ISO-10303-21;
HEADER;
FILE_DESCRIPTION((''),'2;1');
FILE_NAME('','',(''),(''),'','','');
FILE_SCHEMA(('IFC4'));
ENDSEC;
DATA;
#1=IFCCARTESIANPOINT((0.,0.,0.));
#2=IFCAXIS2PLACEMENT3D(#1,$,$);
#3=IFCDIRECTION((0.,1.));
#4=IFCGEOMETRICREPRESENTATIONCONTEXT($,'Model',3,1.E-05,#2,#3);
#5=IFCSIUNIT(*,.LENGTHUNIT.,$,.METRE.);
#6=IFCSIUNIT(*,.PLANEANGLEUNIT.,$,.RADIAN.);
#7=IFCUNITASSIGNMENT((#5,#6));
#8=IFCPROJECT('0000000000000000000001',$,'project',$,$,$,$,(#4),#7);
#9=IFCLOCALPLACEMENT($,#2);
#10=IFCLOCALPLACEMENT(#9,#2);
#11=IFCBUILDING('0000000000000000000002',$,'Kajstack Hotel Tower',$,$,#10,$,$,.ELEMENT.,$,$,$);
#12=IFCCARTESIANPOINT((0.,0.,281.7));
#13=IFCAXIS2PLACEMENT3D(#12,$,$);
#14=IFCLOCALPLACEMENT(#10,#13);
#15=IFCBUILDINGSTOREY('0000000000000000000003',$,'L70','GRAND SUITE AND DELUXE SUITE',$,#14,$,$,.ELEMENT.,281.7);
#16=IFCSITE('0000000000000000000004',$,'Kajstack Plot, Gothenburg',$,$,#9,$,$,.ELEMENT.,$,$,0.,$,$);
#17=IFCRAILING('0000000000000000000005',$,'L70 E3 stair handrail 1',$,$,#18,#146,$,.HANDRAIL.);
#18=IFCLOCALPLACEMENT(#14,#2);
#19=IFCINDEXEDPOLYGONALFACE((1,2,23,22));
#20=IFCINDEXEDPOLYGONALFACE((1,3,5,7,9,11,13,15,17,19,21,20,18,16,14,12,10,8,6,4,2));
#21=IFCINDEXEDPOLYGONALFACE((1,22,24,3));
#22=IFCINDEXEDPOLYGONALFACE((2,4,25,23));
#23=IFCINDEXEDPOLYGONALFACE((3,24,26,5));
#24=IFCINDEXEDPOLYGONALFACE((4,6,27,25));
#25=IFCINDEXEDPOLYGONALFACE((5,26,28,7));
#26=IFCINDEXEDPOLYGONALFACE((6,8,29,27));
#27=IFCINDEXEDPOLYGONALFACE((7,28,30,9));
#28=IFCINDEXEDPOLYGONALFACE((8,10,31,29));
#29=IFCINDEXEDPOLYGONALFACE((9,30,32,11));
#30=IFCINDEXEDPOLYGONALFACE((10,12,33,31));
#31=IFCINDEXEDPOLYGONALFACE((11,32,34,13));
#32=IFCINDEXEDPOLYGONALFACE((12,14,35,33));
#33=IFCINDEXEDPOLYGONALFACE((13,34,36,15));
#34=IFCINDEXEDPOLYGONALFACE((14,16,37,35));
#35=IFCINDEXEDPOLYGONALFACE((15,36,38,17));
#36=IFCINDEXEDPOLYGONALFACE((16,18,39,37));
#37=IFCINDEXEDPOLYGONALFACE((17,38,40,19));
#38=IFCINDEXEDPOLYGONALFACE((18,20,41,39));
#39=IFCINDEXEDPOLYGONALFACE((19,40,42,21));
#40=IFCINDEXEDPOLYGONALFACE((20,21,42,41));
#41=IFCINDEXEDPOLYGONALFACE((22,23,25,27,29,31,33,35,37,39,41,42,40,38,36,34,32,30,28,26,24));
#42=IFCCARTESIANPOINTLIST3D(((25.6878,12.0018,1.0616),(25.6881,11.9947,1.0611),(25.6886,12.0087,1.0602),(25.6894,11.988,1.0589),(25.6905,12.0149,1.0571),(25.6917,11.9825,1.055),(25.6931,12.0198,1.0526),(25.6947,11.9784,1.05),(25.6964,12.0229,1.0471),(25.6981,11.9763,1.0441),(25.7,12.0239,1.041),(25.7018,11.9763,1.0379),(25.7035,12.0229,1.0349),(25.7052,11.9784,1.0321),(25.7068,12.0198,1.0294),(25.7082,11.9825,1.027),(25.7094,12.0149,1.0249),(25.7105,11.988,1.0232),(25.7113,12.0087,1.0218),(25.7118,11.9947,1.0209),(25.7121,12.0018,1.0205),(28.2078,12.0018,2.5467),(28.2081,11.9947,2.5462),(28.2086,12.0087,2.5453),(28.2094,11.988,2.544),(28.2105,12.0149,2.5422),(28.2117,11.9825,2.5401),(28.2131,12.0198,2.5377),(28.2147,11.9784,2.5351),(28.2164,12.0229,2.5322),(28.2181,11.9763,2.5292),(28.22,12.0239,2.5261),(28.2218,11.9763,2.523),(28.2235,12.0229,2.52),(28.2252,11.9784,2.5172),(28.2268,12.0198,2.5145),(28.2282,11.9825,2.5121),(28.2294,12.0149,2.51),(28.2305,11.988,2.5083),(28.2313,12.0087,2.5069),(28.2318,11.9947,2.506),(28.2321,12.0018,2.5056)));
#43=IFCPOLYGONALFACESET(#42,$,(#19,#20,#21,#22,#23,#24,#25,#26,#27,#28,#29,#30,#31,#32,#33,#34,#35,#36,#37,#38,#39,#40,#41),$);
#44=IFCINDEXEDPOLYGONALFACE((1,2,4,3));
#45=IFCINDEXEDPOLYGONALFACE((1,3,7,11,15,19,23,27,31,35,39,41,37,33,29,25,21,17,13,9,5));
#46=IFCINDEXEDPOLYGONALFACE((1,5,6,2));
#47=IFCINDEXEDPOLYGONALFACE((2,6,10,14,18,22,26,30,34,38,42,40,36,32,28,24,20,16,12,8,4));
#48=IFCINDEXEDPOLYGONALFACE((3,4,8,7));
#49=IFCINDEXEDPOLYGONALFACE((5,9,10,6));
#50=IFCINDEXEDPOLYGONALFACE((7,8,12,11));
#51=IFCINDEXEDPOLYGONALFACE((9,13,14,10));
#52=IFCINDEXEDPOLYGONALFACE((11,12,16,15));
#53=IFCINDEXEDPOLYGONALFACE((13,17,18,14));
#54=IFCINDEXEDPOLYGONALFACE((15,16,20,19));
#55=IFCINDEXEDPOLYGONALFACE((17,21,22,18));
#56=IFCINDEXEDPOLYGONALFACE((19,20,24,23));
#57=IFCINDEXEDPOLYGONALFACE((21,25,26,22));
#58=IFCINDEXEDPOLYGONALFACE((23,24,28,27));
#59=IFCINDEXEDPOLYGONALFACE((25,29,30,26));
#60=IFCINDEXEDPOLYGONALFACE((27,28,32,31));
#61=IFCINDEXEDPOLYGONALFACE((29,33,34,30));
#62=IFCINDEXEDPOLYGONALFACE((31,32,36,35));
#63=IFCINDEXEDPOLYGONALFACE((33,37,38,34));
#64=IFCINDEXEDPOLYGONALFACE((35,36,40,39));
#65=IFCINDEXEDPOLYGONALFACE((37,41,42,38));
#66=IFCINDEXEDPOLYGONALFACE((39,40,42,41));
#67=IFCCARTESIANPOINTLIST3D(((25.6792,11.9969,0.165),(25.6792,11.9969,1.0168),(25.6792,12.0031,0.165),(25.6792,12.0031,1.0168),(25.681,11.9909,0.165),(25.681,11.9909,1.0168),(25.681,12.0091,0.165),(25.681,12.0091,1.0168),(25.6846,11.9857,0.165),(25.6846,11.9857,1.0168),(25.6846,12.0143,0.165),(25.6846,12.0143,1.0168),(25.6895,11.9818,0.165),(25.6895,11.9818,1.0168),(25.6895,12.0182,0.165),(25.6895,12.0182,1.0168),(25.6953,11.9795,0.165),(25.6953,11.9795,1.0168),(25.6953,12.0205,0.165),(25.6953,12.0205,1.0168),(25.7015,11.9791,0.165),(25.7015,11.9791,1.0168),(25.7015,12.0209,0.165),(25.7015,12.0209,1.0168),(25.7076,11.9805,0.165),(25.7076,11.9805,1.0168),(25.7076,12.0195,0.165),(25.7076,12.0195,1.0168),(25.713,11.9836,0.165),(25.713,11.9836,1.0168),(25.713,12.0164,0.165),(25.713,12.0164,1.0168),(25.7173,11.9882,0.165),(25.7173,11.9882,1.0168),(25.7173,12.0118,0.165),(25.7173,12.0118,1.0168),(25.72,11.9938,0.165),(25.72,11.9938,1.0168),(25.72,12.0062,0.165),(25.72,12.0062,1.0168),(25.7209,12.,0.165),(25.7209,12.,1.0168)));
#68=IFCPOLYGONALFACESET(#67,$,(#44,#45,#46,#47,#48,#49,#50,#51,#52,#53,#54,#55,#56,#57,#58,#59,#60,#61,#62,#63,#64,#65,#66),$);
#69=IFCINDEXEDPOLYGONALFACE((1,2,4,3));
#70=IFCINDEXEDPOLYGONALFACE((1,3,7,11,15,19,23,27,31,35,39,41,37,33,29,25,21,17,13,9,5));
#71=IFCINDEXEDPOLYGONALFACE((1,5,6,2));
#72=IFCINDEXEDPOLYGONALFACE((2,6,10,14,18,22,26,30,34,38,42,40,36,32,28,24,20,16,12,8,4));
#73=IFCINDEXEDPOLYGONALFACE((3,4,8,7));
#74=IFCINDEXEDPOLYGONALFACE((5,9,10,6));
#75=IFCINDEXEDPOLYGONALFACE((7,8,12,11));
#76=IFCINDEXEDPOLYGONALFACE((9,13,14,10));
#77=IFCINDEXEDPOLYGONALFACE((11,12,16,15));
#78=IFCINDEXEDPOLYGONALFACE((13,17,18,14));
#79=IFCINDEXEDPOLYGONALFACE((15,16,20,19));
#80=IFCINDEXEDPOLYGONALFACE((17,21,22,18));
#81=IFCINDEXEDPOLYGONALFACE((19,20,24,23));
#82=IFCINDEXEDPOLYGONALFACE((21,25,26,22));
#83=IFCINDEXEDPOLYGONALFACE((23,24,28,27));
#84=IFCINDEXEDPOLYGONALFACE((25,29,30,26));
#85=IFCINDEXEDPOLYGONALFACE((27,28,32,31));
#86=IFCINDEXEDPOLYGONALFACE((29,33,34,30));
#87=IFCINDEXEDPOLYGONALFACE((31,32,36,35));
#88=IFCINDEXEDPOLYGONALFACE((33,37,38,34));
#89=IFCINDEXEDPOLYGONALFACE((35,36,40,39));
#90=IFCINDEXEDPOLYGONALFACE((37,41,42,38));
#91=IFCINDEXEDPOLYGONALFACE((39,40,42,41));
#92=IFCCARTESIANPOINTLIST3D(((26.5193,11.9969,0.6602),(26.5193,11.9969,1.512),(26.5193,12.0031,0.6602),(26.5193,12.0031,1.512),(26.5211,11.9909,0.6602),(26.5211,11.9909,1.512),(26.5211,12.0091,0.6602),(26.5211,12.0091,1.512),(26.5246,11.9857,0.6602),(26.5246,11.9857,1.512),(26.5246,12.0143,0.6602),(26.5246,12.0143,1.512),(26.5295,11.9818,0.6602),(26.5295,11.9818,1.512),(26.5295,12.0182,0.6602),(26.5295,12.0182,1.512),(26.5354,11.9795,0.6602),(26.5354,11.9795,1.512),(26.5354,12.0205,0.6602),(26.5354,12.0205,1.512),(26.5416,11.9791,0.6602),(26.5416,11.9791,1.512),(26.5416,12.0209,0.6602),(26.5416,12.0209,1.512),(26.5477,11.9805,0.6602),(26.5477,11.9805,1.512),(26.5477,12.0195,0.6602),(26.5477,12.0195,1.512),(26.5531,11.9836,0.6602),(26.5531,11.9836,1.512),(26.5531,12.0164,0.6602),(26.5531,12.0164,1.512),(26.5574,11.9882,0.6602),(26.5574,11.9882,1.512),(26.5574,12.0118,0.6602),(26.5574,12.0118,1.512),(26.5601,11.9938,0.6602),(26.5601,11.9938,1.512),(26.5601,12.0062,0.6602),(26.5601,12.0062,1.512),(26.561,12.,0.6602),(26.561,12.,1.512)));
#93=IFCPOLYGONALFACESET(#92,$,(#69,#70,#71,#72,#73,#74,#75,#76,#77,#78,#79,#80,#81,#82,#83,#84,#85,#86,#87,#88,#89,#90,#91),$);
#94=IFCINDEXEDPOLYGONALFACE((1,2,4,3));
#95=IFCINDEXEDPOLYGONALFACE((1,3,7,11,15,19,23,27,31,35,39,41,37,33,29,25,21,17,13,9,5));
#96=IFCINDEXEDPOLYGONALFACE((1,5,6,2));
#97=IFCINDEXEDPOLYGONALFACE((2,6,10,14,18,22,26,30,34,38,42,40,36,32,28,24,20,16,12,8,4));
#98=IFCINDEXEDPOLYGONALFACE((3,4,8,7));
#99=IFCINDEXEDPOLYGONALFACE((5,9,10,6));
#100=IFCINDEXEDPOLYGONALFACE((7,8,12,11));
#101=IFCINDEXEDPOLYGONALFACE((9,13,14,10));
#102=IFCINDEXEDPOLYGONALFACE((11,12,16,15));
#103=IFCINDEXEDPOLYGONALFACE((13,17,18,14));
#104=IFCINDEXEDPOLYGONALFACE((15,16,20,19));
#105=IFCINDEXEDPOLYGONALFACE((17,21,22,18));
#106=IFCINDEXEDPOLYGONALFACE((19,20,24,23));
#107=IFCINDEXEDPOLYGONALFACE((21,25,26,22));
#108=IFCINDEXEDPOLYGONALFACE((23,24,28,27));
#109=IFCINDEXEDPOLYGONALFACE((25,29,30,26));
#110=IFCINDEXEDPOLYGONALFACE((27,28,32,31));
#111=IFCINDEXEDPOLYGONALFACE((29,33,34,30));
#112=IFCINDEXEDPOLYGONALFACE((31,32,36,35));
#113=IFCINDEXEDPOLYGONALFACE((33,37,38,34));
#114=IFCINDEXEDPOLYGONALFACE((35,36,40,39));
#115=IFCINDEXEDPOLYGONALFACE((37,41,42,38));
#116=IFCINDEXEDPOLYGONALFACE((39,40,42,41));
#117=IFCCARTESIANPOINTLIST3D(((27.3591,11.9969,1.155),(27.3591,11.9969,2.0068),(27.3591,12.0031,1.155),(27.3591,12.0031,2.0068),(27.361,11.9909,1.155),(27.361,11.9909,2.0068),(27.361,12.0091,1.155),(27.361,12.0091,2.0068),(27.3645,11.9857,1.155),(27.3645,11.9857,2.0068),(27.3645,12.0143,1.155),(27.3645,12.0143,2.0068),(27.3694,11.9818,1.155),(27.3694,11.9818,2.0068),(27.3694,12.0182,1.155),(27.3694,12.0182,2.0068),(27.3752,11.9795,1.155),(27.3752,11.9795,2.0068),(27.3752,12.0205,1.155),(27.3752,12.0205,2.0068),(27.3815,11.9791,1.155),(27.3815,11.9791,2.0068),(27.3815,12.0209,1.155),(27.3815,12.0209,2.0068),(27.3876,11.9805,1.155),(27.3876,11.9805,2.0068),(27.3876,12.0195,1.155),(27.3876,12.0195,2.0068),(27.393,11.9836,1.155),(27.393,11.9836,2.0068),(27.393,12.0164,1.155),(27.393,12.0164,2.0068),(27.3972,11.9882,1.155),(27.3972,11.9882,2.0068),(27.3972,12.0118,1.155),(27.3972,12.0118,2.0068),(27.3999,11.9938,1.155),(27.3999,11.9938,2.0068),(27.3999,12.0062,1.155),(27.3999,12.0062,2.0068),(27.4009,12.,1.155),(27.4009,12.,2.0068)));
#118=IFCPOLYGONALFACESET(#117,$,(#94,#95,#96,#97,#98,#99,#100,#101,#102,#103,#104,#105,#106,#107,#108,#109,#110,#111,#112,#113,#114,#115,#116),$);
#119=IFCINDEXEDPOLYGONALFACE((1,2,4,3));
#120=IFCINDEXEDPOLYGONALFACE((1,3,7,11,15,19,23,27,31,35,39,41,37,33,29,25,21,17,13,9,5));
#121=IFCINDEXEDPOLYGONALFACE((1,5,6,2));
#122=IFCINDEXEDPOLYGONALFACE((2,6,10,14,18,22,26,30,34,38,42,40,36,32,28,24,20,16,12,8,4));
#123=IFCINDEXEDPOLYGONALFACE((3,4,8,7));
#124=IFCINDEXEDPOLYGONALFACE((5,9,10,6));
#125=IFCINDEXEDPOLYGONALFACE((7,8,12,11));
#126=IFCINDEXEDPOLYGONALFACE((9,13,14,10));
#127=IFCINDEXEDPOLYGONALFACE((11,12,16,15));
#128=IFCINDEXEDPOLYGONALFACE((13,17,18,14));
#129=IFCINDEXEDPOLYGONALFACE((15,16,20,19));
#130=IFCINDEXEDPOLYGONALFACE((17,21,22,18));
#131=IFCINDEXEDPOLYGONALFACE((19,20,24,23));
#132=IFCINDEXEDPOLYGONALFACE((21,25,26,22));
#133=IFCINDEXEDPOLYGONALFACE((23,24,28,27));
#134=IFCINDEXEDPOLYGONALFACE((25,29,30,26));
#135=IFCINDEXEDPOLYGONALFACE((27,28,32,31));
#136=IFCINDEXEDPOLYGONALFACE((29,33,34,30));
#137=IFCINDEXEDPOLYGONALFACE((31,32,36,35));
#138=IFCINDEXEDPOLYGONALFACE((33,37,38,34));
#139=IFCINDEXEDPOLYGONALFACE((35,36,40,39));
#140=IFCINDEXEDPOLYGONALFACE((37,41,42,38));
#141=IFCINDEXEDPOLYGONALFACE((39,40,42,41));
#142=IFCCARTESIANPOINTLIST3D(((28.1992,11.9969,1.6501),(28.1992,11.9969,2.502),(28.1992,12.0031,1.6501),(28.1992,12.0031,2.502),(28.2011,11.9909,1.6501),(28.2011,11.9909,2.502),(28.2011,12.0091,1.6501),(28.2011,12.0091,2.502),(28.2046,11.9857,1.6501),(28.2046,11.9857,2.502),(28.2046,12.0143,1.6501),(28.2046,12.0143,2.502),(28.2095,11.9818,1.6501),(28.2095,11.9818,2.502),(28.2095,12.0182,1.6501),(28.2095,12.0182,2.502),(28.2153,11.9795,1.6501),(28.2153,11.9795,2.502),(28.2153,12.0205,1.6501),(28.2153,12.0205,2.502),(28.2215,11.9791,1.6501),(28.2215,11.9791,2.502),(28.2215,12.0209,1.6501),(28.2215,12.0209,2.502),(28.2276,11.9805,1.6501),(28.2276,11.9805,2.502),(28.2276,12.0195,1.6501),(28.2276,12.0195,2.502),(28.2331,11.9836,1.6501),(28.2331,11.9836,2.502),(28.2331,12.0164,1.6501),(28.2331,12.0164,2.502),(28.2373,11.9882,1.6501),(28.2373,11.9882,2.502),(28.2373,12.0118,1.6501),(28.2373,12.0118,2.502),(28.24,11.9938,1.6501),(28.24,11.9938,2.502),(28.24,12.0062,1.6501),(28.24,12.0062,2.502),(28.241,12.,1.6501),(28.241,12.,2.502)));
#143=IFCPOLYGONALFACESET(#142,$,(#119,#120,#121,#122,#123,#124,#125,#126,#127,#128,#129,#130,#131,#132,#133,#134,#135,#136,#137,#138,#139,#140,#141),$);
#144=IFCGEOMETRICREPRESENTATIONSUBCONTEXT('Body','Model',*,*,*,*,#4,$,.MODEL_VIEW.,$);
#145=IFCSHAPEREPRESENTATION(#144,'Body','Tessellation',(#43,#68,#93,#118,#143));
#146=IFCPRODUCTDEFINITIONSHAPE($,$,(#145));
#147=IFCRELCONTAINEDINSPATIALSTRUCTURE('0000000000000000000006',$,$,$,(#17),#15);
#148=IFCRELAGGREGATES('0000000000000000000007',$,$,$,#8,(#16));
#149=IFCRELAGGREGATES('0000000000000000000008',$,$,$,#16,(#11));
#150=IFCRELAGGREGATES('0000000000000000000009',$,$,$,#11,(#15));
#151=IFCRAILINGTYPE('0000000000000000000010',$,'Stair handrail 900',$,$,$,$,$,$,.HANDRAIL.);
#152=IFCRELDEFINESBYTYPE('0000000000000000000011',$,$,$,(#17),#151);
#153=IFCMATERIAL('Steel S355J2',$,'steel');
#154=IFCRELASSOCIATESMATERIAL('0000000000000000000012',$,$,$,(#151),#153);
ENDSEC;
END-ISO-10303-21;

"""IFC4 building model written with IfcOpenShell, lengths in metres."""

from ifc_helpers import new_model, si_unit, direction, frame, origin, origin_2d, place, context, subcontext, project, spatial, circle, extrude, material, type_object, element, save


model = new_model("IFC4")

# Units and contexts
model_context = context("Model", 3, precision=1e-05, world=origin(), true_north=direction((0.0, 1.0)))
body_context = subcontext(model_context, "Body", "Model", "MODEL_VIEW")
ifc_project = project(units=[si_unit("LENGTHUNIT", "METRE"), si_unit("PLANEANGLEUNIT", "RADIAN")], contexts=[model_context])

# Site, building, storey
site_placement = place(None, origin())
site = spatial("IfcSite", under=ifc_project, at=site_placement, Name="Kajstack Plot, Gothenburg", CompositionType="ELEMENT", RefElevation=0.0)
building_placement = place(site_placement, origin())
building = spatial("IfcBuilding", under=site, at=building_placement, Name="Kajstack Hotel Tower", CompositionType="ELEMENT")
storey_placement = place(building_placement, frame((0.0, 0.0, 281.7)))
storey = spatial("IfcBuildingStorey", under=building, at=storey_placement, Name="L70", Description="GRAND SUITE AND DELUXE SUITE", CompositionType="ELEMENT", Elevation=281.7)

# Railing
ifc_material_1 = material(Name="Steel S355J2", Category="steel")
railing_type_1 = type_object("IfcRailingType", Name="Stair handrail 900", PredefinedType="HANDRAIL", material=ifc_material_1)
railing_1_placement = place(storey_placement, frame((25.7, 12.0, 0.165)))
element("IfcRailing", 1, at=railing_1_placement, inside=storey, type_object=railing_type_1, Name="L70 E3 stair handrail 1", PredefinedType="HANDRAIL", context=body_context, shape_type="SweptSolid", body=[
    extrude(circle(Radius=0.0239, at=origin_2d()), frame((0.0, 0.0, 0.876), z_axis=(0.861524, 0.0, 0.507717), x_axis=(0.0, 1.0, 0.0)), (0.0, 0.0, 1.0), 2.925),
    extrude(circle(Radius=0.021, at=origin_2d()), origin(), (0.0, 0.0, 1.0), 0.8518),
    extrude(circle(Radius=0.021, at=origin_2d()), frame((0.8401, 0.0, 0.4951)), (0.0, 0.0, 1.0), 0.8518),
    extrude(circle(Radius=0.021, at=origin_2d()), frame((1.6799, 0.0, 0.99)), (0.0, 0.0, 1.0), 0.8518),
    extrude(circle(Radius=0.021, at=origin_2d()), frame((2.52, 0.0, 1.4851)), (0.0, 0.0, 1.0), 0.8518),
])

save(model, "model.ifc")
